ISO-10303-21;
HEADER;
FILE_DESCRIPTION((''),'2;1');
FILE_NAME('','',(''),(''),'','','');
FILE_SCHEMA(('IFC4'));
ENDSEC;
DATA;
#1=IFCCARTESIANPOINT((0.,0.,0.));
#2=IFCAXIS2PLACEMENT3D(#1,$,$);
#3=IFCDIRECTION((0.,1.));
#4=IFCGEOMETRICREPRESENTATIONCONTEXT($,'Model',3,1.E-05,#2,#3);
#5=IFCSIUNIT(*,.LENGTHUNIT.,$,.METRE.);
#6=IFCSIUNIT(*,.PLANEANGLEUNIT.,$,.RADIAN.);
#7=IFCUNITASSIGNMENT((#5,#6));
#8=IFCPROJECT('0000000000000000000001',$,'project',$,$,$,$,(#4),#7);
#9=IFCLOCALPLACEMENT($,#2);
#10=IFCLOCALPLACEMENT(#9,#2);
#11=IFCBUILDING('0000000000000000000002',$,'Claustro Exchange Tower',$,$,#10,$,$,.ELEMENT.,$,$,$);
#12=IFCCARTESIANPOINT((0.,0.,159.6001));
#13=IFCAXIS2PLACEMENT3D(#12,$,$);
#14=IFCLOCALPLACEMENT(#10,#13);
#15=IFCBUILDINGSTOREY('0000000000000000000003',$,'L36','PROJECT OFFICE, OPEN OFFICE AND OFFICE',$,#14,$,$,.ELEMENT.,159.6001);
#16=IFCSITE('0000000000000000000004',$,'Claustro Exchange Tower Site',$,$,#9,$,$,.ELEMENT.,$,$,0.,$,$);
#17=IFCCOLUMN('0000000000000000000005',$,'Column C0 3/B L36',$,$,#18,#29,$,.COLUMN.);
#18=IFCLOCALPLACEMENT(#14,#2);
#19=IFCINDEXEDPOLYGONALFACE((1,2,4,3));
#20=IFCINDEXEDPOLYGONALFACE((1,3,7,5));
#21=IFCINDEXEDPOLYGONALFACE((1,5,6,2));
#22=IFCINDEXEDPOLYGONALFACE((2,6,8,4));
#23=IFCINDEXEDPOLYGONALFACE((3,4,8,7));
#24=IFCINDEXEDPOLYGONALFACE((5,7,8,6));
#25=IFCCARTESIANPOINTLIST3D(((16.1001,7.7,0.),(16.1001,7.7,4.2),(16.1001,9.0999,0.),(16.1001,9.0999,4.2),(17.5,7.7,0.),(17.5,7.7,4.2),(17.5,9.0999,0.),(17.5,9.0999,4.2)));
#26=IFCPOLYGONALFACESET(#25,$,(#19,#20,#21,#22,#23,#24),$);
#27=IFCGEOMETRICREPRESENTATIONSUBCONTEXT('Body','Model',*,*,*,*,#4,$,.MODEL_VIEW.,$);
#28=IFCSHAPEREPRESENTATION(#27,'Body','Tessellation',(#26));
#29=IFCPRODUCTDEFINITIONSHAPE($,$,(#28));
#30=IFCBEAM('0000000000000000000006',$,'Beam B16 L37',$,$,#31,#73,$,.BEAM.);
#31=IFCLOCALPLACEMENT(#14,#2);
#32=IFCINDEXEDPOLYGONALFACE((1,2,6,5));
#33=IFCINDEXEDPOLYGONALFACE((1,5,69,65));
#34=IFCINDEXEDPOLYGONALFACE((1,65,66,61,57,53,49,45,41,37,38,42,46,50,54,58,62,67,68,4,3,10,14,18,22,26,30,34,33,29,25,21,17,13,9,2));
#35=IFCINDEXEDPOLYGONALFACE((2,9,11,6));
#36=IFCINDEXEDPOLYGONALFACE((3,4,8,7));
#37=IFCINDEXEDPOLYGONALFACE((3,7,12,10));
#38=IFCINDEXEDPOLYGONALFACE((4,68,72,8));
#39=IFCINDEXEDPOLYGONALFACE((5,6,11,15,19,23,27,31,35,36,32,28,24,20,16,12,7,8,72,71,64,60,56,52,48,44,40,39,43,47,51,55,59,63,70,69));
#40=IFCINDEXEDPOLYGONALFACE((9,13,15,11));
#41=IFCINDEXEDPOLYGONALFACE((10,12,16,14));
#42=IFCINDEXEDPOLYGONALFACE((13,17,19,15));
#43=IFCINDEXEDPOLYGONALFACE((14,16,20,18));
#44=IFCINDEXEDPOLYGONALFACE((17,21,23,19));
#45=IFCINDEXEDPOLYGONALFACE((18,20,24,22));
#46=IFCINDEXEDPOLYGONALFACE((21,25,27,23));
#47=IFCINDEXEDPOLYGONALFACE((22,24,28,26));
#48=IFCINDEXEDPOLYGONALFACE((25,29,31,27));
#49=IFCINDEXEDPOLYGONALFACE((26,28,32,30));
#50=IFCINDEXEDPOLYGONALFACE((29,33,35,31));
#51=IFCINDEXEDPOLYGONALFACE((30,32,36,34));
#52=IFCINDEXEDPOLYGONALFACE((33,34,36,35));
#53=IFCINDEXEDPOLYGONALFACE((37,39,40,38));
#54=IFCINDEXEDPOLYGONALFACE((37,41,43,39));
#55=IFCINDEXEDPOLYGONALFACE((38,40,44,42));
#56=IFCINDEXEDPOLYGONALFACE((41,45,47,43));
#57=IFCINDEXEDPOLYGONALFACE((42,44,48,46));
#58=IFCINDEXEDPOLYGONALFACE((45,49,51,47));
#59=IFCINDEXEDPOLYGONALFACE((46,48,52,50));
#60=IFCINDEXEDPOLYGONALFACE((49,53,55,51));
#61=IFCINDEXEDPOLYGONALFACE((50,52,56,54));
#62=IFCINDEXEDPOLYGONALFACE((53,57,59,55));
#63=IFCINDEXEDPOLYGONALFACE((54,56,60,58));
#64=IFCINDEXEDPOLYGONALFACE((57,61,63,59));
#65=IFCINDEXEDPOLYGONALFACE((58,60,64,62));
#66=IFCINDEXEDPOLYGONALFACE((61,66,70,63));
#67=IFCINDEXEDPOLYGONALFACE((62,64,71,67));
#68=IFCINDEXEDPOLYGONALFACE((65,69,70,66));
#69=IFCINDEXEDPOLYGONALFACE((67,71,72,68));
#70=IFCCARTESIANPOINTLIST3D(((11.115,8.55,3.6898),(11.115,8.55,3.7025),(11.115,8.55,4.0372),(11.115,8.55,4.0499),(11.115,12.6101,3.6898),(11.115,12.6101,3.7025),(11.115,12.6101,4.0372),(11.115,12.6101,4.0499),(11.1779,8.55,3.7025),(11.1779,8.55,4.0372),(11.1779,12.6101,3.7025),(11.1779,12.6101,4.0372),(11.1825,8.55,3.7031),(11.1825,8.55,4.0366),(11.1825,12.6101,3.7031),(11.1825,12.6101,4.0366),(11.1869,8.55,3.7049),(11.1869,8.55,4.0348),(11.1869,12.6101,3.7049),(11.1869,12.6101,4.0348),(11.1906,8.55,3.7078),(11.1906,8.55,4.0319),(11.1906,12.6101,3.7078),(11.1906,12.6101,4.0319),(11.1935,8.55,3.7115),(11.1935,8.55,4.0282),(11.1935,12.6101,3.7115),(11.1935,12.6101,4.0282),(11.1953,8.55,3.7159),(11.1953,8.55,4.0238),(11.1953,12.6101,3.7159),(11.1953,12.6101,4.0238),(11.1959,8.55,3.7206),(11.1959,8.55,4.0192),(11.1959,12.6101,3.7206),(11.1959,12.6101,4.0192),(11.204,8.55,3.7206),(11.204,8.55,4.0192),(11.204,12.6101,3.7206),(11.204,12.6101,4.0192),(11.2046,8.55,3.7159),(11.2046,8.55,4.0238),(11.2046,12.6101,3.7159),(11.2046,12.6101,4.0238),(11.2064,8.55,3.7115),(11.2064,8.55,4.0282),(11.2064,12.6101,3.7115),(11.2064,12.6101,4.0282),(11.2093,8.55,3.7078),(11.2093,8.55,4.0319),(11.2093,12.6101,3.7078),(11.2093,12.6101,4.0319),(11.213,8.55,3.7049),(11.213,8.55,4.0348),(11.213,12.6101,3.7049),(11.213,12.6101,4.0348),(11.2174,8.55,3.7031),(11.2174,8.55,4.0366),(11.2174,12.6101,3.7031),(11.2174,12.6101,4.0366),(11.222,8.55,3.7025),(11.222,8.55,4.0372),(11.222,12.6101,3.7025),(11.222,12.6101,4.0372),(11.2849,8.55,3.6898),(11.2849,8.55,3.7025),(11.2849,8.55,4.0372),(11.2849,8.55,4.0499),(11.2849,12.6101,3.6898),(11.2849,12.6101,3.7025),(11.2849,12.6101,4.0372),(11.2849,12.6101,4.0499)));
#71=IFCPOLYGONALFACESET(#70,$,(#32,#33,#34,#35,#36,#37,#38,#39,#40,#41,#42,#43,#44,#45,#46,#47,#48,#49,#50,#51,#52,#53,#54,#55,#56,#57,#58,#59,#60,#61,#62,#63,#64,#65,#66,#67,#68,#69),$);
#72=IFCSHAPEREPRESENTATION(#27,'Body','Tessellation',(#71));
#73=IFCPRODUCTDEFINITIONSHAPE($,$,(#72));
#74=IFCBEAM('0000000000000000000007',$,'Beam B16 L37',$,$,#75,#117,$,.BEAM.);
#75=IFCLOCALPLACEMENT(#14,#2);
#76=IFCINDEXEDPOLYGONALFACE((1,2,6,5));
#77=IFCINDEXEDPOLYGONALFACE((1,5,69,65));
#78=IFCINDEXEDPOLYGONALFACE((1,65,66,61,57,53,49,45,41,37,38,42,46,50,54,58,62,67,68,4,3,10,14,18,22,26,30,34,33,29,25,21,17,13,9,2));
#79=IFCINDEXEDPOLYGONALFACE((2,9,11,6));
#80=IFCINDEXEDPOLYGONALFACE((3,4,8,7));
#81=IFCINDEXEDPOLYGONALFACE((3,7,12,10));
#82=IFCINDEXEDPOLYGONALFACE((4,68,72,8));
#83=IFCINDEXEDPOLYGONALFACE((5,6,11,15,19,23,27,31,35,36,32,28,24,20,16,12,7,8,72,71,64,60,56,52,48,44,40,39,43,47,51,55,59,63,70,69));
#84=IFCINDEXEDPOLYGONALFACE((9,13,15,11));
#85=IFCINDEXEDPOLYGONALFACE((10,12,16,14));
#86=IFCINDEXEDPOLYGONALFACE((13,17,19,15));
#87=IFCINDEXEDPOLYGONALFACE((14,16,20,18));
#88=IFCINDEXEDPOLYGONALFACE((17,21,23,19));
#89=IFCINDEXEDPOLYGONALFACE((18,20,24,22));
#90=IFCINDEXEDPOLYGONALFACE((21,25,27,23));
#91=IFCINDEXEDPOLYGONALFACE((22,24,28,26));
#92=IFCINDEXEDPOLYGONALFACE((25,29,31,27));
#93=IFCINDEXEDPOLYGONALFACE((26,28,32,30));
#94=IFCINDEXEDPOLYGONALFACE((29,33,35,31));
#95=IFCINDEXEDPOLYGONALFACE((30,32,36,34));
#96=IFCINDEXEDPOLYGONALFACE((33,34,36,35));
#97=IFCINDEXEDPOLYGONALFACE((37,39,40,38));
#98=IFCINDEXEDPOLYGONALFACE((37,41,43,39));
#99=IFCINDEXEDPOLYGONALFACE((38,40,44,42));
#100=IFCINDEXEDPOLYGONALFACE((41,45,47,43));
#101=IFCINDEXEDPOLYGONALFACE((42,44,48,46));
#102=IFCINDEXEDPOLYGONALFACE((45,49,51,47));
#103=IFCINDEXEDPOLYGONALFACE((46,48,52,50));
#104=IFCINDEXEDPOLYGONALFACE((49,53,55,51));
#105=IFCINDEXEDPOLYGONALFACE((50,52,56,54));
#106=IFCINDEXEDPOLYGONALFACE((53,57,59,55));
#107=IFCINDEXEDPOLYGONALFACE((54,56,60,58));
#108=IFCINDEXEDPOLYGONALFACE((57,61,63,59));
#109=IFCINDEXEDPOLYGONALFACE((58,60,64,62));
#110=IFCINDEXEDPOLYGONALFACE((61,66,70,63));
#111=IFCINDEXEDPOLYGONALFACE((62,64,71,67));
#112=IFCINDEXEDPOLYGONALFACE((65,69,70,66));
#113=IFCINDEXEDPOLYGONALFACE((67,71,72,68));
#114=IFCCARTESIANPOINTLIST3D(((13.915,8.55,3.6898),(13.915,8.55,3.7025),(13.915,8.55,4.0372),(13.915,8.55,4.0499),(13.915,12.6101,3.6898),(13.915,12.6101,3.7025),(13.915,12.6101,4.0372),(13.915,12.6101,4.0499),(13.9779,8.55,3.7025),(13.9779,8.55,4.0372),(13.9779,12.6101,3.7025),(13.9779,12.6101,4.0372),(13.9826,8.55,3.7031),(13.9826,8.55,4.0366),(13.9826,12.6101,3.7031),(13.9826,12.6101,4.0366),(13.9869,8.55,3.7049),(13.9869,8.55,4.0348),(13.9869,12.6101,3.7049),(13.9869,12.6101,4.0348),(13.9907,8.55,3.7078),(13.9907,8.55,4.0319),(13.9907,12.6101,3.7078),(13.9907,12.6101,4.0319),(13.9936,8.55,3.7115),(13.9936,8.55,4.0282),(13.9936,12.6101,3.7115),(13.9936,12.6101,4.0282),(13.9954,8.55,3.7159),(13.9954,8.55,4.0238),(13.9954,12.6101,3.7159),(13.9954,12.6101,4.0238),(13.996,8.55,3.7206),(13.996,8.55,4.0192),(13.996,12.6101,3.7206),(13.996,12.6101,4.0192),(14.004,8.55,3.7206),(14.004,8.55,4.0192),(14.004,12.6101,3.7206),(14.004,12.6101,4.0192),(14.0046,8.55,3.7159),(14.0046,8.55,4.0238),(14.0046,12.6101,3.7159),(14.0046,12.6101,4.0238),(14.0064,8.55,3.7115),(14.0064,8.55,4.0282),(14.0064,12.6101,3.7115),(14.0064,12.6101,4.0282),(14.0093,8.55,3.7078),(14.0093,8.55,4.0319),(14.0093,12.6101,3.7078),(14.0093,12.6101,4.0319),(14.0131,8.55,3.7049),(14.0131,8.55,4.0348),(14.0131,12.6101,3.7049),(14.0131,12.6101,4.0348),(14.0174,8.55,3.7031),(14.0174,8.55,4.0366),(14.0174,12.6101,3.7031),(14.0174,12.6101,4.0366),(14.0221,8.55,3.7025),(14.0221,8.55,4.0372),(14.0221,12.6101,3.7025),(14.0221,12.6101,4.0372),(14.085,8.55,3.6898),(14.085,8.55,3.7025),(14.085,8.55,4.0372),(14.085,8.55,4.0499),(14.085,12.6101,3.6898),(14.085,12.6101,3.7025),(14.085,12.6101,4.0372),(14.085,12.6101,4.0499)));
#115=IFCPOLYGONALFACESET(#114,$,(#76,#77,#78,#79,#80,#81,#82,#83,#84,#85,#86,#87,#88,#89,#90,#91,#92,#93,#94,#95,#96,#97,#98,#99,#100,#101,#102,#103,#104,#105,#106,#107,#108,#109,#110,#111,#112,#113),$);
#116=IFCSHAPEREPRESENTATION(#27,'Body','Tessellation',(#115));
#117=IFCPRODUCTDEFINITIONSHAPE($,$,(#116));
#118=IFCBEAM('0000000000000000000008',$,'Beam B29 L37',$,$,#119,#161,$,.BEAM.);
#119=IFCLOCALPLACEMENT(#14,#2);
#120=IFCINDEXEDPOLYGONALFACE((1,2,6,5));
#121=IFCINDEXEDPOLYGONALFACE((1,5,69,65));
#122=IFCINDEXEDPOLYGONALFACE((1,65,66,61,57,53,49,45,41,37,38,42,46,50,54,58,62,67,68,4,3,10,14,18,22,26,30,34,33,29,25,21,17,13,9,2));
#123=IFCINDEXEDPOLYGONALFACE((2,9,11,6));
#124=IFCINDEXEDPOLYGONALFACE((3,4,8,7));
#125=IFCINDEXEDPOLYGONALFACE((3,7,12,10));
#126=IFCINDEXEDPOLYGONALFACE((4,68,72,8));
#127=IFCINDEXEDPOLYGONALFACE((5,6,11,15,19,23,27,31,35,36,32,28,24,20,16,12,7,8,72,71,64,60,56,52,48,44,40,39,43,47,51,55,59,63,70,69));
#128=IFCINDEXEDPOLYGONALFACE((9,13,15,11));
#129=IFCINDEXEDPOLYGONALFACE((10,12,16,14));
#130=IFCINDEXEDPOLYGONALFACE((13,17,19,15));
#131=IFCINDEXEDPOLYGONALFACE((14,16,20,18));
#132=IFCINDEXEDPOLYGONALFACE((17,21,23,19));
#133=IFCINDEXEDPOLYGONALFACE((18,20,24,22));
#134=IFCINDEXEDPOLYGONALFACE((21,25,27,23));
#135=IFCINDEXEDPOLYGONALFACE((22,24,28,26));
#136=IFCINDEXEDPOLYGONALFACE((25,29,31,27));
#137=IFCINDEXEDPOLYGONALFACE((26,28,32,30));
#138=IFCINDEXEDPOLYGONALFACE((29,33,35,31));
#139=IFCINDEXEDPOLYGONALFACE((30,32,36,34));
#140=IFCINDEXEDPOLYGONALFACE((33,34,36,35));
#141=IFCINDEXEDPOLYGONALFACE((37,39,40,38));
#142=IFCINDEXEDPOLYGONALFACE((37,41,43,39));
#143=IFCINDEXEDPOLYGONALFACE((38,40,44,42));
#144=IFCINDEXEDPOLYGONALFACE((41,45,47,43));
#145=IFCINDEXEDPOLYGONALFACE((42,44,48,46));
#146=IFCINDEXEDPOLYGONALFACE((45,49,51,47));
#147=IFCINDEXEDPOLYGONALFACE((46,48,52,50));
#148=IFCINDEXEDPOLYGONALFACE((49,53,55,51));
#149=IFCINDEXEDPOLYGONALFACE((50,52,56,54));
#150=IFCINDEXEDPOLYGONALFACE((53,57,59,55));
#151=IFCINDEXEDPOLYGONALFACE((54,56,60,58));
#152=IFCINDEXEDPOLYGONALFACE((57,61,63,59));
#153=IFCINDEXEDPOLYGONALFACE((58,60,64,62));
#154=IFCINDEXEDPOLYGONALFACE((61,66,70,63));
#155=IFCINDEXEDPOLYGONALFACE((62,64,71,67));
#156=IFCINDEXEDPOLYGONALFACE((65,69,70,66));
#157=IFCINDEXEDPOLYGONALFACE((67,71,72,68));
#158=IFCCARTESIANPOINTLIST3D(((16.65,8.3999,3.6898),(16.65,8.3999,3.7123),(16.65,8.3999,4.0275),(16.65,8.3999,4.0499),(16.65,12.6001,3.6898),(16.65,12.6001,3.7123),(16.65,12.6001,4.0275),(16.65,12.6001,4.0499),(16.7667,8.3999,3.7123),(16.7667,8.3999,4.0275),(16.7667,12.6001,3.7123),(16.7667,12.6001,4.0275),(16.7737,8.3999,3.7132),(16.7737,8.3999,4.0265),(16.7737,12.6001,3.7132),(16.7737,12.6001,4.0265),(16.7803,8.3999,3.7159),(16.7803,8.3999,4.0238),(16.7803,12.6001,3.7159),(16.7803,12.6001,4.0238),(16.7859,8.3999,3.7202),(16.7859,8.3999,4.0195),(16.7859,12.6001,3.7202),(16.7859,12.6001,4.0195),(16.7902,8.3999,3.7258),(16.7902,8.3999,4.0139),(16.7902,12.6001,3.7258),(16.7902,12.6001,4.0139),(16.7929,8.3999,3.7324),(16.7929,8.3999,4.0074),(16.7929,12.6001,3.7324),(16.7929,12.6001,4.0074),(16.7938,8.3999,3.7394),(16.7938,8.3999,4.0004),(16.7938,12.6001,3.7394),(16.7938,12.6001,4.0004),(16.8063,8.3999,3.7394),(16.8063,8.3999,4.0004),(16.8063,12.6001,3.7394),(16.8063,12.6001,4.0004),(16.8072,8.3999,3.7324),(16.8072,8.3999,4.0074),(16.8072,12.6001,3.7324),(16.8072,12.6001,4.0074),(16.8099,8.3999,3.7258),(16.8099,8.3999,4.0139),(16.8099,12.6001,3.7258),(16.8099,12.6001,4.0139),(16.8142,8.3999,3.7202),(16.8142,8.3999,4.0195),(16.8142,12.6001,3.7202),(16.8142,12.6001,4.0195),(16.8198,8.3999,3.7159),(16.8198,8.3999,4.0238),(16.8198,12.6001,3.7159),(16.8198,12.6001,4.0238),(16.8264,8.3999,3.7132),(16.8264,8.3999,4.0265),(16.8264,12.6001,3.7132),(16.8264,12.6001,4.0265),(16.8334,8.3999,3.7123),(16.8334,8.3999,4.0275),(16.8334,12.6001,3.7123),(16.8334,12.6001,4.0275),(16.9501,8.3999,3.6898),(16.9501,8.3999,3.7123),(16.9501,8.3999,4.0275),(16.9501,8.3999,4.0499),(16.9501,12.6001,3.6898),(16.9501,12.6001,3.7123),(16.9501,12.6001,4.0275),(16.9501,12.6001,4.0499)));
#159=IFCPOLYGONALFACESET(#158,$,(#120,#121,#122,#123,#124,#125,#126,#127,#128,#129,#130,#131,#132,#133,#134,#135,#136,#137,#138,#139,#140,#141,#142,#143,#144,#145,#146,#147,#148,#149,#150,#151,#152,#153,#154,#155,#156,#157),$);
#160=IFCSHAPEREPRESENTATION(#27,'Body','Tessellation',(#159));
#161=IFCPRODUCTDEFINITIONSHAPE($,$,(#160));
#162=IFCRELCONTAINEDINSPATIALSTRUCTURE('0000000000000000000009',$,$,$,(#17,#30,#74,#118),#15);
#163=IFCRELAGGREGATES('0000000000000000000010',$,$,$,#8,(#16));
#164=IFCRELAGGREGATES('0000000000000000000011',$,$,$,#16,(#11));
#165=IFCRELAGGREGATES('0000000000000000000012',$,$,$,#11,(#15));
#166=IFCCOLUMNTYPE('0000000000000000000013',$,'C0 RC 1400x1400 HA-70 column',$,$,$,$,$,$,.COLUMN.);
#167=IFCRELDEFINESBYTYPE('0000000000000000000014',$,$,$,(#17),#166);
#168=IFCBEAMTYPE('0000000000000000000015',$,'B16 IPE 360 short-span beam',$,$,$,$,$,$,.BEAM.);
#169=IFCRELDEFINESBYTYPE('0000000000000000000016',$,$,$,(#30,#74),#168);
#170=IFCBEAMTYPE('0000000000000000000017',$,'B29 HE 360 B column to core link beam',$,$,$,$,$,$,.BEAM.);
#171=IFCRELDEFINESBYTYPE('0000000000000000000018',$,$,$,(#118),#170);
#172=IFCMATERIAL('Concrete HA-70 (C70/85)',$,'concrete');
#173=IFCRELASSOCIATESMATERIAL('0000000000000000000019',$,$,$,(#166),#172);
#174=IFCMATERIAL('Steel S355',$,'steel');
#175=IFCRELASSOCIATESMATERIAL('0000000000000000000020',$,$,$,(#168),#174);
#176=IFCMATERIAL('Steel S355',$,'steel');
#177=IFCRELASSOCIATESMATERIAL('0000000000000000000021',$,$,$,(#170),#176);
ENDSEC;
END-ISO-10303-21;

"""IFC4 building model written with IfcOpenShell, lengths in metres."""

from ifc_helpers import new_model, si_unit, direction, frame, origin, origin_2d, place, context, subcontext, project, spatial, rectangle, i_section, extrude, material, material_profile, profile_set, type_object, element, save


model = new_model("IFC4")

# Units and contexts
model_context = context("Model", 3, precision=1e-05, world=origin(), true_north=direction((0.0, 1.0)))
body_context = subcontext(model_context, "Body", "Model", "MODEL_VIEW")
ifc_project = project(units=[si_unit("LENGTHUNIT", "METRE"), si_unit("PLANEANGLEUNIT", "RADIAN")], contexts=[model_context])

# Site, building, storey
site_placement = place(None, origin())
site = spatial("IfcSite", under=ifc_project, at=site_placement, Name="Claustro Exchange Tower Site", CompositionType="ELEMENT", RefElevation=0.0)
building_placement = place(site_placement, origin())
building = spatial("IfcBuilding", under=site, at=building_placement, Name="Claustro Exchange Tower", CompositionType="ELEMENT")
storey_placement = place(building_placement, frame((0.0, 0.0, 159.6001)))
storey = spatial("IfcBuildingStorey", under=building, at=storey_placement, Name="L36", Description="PROJECT OFFICE, OPEN OFFICE AND OFFICE", CompositionType="ELEMENT", Elevation=159.6001)

# Column
ifc_material_1 = material(Name="Concrete HA-70 (C70/85)", Category="concrete")
ifc_material_profile_1 = material_profile(ifc_material_1, rectangle(XDim=1.3999, YDim=1.3999, at=origin_2d()), Name="RC 1400x1400")
ifc_profile_set_1 = profile_set([ifc_material_profile_1], Name="Concrete HA-70 (C70/85)")
column_type = type_object("IfcColumnType", Name="C0 RC 1400x1400 HA-70 column", PredefinedType="COLUMN", material=ifc_profile_set_1)
column_placement = place(storey_placement, frame((16.8, 8.3999, 0.0), z_axis=(0.0, 0.0, 1.0), x_axis=(1.0, 0.0, 0.0)))
element("IfcColumn", 1, at=column_placement, inside=storey, type_object=column_type, Name="Column C0 3/B L36", PredefinedType="COLUMN", context=body_context, shape_type="SweptSolid", body=[
    extrude(rectangle(XDim=1.3999, YDim=1.3999, at=origin_2d()), origin(), (0.0, 0.0, 1.0), 4.2),
])

# Beams
ifc_material_2 = material(Name="Steel S355", Category="steel")
ifc_material_profile_2 = material_profile(ifc_material_2, i_section(OverallWidth=0.1699, OverallDepth=0.3601, WebThickness=0.0081, FlangeThickness=0.0127, FilletRadius=0.0181, at=origin_2d()), Name="IPE 360")
ifc_profile_set_2 = profile_set([ifc_material_profile_2], Name="Steel S355")
beam_type_1 = type_object("IfcBeamType", Name="B16 IPE 360 short-span beam", PredefinedType="BEAM", material=ifc_profile_set_2)
for number, where, z_axis, x_axis, name in (
    (2, (11.2, 8.55, 3.8699), (0.0, 1.0, 0.0), (-1.0, 0.0, 0.0), "Beam B16 L37"),
    (3, (14.0, 8.55, 3.8699), (0.0, 1.0, 0.0), (-1.0, 0.0, 0.0), "Beam B16 L37"),
):
    element("IfcBeam", number, at=place(storey_placement, frame(where, z_axis=z_axis, x_axis=x_axis)), inside=storey, type_object=beam_type_1, Name=name, PredefinedType="BEAM", context=body_context, shape_type="SweptSolid", body=[
        extrude(i_section(OverallWidth=0.1699, OverallDepth=0.3601, WebThickness=0.0081, FlangeThickness=0.0127, FilletRadius=0.0181, at=origin_2d()), origin(), (0.0, 0.0, 1.0), 4.0601),
    ])
ifc_material_3 = material(Name="Steel S355", Category="steel")
ifc_material_profile_3 = material_profile(ifc_material_3, i_section(OverallWidth=0.3, OverallDepth=0.3601, WebThickness=0.0125, FlangeThickness=0.0225, FilletRadius=0.0271, at=origin_2d()), Name="HE 360 B")
ifc_profile_set_3 = profile_set([ifc_material_profile_3], Name="Steel S355")
beam_type_2 = type_object("IfcBeamType", Name="B29 HE 360 B column to core link beam", PredefinedType="BEAM", material=ifc_profile_set_3)
beam_1_placement = place(storey_placement, frame((16.8, 8.3999, 3.8699), z_axis=(0.0, 1.0, 0.0), x_axis=(-1.0, 0.0, 0.0)))
element("IfcBeam", 4, at=beam_1_placement, inside=storey, type_object=beam_type_2, Name="Beam B29 L37", PredefinedType="BEAM", context=body_context, shape_type="SweptSolid", body=[
    extrude(i_section(OverallWidth=0.3, OverallDepth=0.3601, WebThickness=0.0125, FlangeThickness=0.0225, FilletRadius=0.0271, at=origin_2d()), origin(), (0.0, 0.0, 1.0), 4.2002),
])

save(model, "model.ifc")
